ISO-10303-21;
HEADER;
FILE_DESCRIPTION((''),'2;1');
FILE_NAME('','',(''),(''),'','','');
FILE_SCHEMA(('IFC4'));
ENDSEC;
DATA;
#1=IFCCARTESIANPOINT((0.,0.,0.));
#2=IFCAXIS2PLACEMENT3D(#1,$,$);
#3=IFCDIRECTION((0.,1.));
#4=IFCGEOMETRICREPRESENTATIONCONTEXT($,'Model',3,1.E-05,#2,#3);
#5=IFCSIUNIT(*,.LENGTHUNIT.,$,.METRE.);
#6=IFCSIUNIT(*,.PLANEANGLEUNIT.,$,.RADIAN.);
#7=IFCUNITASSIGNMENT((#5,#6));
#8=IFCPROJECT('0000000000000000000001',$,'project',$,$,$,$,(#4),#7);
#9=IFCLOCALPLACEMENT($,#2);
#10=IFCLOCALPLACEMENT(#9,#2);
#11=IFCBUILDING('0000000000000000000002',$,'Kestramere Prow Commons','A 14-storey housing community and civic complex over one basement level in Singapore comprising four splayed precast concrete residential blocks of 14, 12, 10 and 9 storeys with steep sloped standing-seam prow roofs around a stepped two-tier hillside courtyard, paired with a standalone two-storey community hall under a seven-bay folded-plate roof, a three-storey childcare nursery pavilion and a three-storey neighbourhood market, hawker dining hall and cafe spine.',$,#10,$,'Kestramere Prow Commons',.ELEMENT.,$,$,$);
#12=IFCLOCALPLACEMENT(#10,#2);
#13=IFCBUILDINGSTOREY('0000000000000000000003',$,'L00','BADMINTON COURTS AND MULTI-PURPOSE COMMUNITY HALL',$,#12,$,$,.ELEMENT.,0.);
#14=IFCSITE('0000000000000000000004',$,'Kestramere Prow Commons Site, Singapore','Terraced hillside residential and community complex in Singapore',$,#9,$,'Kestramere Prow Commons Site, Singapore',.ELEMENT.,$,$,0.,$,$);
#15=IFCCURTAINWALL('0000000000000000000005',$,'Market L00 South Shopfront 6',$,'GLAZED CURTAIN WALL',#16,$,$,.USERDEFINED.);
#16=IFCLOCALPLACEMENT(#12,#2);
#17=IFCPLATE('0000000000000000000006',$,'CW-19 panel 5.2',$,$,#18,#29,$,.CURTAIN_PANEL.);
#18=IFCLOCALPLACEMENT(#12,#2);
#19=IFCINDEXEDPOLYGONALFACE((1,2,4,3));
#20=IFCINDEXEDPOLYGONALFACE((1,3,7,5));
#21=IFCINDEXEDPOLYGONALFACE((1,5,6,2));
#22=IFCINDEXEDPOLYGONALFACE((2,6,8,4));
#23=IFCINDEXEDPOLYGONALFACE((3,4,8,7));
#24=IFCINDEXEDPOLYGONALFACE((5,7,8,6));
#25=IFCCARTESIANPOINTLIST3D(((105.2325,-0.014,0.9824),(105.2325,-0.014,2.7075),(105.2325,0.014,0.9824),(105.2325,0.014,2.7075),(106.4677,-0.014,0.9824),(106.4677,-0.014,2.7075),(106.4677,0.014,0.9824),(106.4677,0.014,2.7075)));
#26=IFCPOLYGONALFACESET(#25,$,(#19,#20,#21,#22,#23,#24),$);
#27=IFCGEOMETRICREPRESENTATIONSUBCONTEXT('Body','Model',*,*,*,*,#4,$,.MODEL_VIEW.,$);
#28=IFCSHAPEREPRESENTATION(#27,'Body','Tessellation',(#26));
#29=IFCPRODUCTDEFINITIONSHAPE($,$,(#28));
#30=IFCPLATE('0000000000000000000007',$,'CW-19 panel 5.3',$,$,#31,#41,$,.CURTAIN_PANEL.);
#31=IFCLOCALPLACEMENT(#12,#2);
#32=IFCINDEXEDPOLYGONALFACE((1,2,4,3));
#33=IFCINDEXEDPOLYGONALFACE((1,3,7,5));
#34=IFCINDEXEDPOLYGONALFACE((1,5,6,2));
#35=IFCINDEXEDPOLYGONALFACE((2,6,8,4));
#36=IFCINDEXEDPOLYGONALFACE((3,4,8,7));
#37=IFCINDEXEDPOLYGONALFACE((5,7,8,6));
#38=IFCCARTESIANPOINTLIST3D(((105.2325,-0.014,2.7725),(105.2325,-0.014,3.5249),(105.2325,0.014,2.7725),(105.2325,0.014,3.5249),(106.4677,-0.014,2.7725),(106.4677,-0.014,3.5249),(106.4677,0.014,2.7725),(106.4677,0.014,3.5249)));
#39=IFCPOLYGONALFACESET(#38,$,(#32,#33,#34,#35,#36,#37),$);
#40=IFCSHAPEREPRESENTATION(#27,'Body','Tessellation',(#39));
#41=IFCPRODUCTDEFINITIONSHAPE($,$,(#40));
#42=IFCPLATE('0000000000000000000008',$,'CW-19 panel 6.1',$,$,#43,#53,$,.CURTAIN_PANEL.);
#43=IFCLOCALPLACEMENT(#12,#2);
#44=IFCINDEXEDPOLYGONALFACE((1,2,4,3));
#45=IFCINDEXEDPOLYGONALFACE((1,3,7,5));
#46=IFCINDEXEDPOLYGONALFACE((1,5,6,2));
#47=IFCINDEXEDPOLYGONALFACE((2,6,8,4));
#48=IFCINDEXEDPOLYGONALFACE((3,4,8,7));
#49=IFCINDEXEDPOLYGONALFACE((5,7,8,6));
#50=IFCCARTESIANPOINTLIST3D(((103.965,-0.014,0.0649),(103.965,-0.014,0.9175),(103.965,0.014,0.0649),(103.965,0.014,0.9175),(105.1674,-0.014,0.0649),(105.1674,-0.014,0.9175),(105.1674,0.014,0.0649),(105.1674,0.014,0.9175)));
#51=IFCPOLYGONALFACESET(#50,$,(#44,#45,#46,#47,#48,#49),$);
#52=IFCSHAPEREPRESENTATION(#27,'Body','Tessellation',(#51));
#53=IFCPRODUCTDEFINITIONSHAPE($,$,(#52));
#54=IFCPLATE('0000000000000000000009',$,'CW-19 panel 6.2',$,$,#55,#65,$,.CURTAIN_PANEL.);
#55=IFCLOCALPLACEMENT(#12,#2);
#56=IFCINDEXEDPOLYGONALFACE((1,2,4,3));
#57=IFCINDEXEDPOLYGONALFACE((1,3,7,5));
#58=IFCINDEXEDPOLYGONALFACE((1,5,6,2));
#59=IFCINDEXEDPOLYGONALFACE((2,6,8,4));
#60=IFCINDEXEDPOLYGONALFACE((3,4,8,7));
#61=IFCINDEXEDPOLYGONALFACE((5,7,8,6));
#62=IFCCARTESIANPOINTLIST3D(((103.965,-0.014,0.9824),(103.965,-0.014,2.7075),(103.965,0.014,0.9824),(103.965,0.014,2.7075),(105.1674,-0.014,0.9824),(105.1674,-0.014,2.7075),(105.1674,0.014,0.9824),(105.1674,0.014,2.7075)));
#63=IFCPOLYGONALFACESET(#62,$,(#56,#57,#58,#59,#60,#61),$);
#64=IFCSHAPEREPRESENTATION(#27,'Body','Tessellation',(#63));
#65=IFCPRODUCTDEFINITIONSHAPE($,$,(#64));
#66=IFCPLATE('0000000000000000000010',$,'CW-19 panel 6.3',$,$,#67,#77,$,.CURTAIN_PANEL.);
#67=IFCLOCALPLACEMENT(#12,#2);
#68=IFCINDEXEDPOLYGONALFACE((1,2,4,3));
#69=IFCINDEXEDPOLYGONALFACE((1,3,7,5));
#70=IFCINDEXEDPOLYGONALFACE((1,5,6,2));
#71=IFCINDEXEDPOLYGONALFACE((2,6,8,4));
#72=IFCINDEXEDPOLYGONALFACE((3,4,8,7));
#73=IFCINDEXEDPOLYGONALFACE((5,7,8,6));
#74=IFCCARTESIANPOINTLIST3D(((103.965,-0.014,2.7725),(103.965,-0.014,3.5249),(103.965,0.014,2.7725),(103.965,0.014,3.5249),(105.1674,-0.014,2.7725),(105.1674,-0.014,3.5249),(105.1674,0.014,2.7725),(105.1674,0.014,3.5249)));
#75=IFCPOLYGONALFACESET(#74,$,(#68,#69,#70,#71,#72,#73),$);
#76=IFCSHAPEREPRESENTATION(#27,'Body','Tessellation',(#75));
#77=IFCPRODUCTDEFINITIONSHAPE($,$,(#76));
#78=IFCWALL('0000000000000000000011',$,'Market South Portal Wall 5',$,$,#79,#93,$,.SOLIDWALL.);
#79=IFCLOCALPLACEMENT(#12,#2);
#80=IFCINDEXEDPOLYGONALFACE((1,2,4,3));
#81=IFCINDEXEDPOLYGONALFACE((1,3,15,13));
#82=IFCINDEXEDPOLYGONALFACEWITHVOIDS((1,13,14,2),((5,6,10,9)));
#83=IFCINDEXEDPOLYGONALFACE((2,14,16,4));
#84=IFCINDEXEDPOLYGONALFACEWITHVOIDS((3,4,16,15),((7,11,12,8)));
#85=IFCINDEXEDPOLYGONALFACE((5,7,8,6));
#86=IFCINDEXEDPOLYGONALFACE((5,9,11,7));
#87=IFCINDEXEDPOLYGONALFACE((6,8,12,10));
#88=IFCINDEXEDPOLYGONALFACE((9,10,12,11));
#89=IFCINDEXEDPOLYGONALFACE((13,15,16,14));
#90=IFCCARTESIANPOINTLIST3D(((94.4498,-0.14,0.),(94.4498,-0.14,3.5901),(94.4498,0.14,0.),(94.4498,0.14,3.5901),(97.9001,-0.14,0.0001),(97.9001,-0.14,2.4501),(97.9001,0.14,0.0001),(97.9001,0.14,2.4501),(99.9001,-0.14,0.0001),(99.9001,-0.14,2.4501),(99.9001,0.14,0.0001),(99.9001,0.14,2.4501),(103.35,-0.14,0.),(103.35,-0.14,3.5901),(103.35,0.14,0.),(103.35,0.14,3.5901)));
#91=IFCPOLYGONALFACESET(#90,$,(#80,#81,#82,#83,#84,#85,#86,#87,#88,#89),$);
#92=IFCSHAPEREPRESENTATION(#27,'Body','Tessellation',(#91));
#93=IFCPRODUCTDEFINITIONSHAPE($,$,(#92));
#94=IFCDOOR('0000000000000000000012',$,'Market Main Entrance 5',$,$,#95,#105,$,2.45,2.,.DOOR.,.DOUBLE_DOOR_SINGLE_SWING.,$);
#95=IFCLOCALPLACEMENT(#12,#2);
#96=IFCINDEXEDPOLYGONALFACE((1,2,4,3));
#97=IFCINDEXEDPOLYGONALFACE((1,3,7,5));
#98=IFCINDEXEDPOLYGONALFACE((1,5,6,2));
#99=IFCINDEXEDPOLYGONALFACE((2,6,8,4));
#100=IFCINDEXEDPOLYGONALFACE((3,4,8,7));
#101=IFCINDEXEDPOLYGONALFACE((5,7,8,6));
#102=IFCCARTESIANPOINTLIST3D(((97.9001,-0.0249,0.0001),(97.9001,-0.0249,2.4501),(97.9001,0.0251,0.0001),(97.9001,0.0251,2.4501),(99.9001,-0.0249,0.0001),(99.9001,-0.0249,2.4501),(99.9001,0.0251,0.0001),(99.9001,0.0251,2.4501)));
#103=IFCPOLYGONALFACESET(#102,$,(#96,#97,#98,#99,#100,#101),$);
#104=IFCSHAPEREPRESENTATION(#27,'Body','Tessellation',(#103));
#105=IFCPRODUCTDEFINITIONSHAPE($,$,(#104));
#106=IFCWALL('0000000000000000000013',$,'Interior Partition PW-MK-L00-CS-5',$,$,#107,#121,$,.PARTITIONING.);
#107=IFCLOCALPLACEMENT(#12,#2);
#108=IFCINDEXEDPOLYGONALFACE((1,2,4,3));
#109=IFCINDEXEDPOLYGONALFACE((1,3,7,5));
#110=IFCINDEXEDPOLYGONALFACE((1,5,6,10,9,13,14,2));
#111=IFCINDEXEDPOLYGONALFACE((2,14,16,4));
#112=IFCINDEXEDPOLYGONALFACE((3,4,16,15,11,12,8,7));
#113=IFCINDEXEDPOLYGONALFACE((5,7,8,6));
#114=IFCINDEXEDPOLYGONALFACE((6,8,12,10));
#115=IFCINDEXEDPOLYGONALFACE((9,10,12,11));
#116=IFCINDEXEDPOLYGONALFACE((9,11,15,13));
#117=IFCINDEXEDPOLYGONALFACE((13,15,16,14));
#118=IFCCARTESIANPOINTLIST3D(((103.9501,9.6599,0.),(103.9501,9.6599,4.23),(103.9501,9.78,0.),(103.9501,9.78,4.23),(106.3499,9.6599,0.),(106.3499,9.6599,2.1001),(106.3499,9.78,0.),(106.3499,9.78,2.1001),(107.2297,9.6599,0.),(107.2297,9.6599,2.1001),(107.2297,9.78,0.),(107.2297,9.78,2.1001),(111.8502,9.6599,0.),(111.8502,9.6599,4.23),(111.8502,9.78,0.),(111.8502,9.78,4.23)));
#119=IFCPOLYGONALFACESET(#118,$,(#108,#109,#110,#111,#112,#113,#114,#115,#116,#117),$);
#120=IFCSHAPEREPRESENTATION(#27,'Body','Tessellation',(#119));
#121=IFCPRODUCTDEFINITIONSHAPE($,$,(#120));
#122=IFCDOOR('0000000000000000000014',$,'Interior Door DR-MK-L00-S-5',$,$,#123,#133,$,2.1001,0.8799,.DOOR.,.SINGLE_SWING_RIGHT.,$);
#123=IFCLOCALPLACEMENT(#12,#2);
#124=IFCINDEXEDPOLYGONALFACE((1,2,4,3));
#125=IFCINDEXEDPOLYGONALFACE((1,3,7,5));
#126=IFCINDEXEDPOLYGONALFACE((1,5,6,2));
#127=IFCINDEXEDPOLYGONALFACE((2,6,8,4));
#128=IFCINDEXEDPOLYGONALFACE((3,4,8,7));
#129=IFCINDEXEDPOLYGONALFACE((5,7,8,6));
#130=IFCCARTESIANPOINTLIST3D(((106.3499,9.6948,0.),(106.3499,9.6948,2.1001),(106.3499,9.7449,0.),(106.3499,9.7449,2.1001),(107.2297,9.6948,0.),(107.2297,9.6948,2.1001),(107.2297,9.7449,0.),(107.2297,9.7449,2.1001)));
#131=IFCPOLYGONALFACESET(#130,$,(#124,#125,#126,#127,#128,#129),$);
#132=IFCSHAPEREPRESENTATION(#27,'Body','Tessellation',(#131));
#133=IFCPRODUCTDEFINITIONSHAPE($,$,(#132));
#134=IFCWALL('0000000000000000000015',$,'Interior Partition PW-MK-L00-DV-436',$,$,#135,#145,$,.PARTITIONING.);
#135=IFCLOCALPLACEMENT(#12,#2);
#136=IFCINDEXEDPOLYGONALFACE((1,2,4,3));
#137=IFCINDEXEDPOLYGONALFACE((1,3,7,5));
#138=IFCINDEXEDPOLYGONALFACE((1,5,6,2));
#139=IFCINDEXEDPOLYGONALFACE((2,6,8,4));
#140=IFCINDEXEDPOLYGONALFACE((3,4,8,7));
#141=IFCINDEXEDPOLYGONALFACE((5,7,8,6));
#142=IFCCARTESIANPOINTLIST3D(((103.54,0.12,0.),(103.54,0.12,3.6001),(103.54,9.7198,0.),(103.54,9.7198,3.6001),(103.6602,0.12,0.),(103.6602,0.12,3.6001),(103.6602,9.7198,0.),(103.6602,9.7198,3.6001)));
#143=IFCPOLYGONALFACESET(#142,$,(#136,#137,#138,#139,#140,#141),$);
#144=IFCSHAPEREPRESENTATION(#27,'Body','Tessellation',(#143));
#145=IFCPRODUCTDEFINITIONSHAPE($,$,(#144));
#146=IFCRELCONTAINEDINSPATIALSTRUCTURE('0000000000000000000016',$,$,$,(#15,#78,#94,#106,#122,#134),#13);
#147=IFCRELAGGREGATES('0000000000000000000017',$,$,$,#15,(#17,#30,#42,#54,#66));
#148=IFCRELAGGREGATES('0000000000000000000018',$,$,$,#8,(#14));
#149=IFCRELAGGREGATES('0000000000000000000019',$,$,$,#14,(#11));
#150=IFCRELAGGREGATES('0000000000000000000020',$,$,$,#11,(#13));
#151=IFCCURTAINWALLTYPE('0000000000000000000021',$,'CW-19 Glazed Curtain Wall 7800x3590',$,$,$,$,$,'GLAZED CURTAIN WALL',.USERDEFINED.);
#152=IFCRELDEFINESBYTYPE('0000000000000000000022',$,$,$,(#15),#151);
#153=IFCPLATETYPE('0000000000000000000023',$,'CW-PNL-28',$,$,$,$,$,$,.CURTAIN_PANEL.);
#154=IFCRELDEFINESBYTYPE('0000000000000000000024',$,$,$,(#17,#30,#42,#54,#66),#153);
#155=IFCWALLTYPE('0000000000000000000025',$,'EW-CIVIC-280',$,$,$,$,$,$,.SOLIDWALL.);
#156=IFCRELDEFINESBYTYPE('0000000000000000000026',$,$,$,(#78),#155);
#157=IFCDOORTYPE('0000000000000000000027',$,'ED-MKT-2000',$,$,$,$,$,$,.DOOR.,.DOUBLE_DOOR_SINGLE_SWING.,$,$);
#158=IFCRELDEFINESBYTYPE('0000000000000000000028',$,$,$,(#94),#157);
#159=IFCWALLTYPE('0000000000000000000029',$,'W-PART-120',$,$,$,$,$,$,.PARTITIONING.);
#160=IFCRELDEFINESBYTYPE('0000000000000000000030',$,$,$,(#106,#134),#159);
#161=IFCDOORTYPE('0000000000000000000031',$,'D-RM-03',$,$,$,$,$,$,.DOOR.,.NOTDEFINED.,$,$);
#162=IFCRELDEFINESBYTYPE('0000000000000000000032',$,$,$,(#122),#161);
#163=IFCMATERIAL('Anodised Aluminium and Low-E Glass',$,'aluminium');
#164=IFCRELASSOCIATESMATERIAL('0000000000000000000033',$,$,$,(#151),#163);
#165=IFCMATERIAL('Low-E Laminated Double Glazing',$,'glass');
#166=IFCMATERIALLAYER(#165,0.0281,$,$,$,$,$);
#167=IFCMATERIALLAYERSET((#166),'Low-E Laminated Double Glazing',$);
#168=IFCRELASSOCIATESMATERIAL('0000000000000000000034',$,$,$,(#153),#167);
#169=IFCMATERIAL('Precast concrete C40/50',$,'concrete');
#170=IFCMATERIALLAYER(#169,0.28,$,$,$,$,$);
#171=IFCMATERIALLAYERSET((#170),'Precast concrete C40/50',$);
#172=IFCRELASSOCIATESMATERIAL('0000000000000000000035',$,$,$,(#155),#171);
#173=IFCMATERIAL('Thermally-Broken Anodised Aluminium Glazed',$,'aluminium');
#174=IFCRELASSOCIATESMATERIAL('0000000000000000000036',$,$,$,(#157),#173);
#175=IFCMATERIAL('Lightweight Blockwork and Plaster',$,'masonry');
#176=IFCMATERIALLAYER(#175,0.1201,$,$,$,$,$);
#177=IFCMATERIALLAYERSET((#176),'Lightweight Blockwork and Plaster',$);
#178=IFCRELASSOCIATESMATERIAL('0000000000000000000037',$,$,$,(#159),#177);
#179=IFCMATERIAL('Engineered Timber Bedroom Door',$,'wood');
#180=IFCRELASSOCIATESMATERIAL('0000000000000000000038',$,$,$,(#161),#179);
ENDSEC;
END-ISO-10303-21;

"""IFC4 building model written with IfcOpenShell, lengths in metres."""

from ifc_helpers import new_model, si_unit, direction, frame, frame_2d, origin, origin_2d, place, context, subcontext, project, spatial, rectangle, extrude, material, layer, layer_set, type_object, element, fill, aggregate, save


model = new_model("IFC4")

# Units and contexts
model_context = context("Model", 3, precision=1e-05, world=origin(), true_north=direction((0.0, 1.0)))
body_context = subcontext(model_context, "Body", "Model", "MODEL_VIEW")
ifc_project = project(units=[si_unit("LENGTHUNIT", "METRE"), si_unit("PLANEANGLEUNIT", "RADIAN")], contexts=[model_context])

# Site, building, storey
site_placement = place(None, origin())
site = spatial("IfcSite", under=ifc_project, at=site_placement, Name="Kestramere Prow Commons Site, Singapore", Description="Terraced hillside residential and community complex in Singapore", LongName="Kestramere Prow Commons Site, Singapore", CompositionType="ELEMENT", RefElevation=0.0)
building_placement = place(site_placement, origin())
building = spatial("IfcBuilding", under=site, at=building_placement, Name="Kestramere Prow Commons", Description="A 14-storey housing community and civic complex over one basement level in Singapore comprising four splayed precast concrete residential blocks of 14, 12, 10 and 9 storeys with steep sloped standing-seam prow roofs around a stepped two-tier hillside courtyard, paired with a standalone two-storey community hall under a seven-bay folded-plate roof, a three-storey childcare nursery pavilion and a three-storey neighbourhood market, hawker dining hall and cafe spine.", LongName="Kestramere Prow Commons", CompositionType="ELEMENT")
storey_placement = place(building_placement, origin())
storey = spatial("IfcBuildingStorey", under=building, at=storey_placement, Name="L00", Description="BADMINTON COURTS AND MULTI-PURPOSE COMMUNITY HALL", CompositionType="ELEMENT", Elevation=0.0)

# Shared definitions
ifc_material_1 = material(Name="Precast concrete C40/50", Category="concrete")

# Curtain wall, plates
ifc_material_2 = material(Name="Anodised Aluminium and Low-E Glass", Category="aluminium")
curtain_wall_type = type_object("IfcCurtainWallType", Name="CW-19 Glazed Curtain Wall 7800x3590", ElementType="GLAZED CURTAIN WALL", PredefinedType="USERDEFINED", material=ifc_material_2)
curtain_wall_placement = place(storey_placement, origin())
curtain_wall = element("IfcCurtainWall", 1, at=curtain_wall_placement, inside=storey, type_object=curtain_wall_type, Name="Market L00 South Shopfront 6", ObjectType="GLAZED CURTAIN WALL", PredefinedType="USERDEFINED")
ifc_material_3 = material(Name="Low-E Laminated Double Glazing", Category="glass")
ifc_layer_1 = layer(ifc_material_3, 0.0281)
ifc_layer_set_1 = layer_set([ifc_layer_1], Name="Low-E Laminated Double Glazing")
plate_type = type_object("IfcPlateType", Name="CW-PNL-28", PredefinedType="CURTAIN_PANEL", material=ifc_layer_set_1)
plate_1_placement = place(storey_placement, frame((105.8501, 0.0, 0.9824), z_axis=(0.0, 0.0, 1.0), x_axis=(-1.0, 0.0, 0.0)))
plate_1 = element("IfcPlate", 2, at=plate_1_placement, type_object=plate_type, Name="CW-19 panel 5.2", PredefinedType="CURTAIN_PANEL", context=body_context, shape_type="SweptSolid", body=[
    extrude(rectangle(XDim=1.2351, YDim=0.0281, at=origin_2d()), origin(), (0.0, 0.0, 1.0), 1.7251),
])
plate_2_placement = place(storey_placement, frame((105.8501, 0.0, 2.7725), z_axis=(0.0, 0.0, 1.0), x_axis=(-1.0, 0.0, 0.0)))
plate_2 = element("IfcPlate", 3, at=plate_2_placement, type_object=plate_type, Name="CW-19 panel 5.3", PredefinedType="CURTAIN_PANEL", context=body_context, shape_type="SweptSolid", body=[
    extrude(rectangle(XDim=1.2351, YDim=0.0281, at=origin_2d()), origin(), (0.0, 0.0, 1.0), 0.7524),
])
plate_3_placement = place(storey_placement, frame((104.5662, 0.0, 0.0649), z_axis=(0.0, 0.0, 1.0), x_axis=(-1.0, 0.0, 0.0)))
plate_3 = element("IfcPlate", 4, at=plate_3_placement, type_object=plate_type, Name="CW-19 panel 6.1", PredefinedType="CURTAIN_PANEL", context=body_context, shape_type="SweptSolid", body=[
    extrude(rectangle(XDim=1.2024, YDim=0.0281, at=origin_2d()), origin(), (0.0, 0.0, 1.0), 0.8525),
])
plate_4_placement = place(storey_placement, frame((104.5662, 0.0, 0.9824), z_axis=(0.0, 0.0, 1.0), x_axis=(-1.0, 0.0, 0.0)))
plate_4 = element("IfcPlate", 5, at=plate_4_placement, type_object=plate_type, Name="CW-19 panel 6.2", PredefinedType="CURTAIN_PANEL", context=body_context, shape_type="SweptSolid", body=[
    extrude(rectangle(XDim=1.2024, YDim=0.0281, at=origin_2d()), origin(), (0.0, 0.0, 1.0), 1.7251),
])
plate_5_placement = place(storey_placement, frame((104.5662, 0.0, 2.7725), z_axis=(0.0, 0.0, 1.0), x_axis=(-1.0, 0.0, 0.0)))
plate_5 = element("IfcPlate", 6, at=plate_5_placement, type_object=plate_type, Name="CW-19 panel 6.3", PredefinedType="CURTAIN_PANEL", context=body_context, shape_type="SweptSolid", body=[
    extrude(rectangle(XDim=1.2024, YDim=0.0281, at=origin_2d()), origin(), (0.0, 0.0, 1.0), 0.7524),
])
aggregate(curtain_wall, [plate_1, plate_2, plate_3, plate_4, plate_5])

# Walls, openings, doors
ifc_layer_2 = layer(ifc_material_1, 0.28)
ifc_layer_set_2 = layer_set([ifc_layer_2], Name="Precast concrete C40/50")
wall_type_1 = type_object("IfcWallType", Name="EW-CIVIC-280", PredefinedType="SOLIDWALL", material=ifc_layer_set_2)
wall_1_placement = place(storey_placement, frame((103.3501, 0.0, 0.0), z_axis=(0.0, 0.0, 1.0), x_axis=(-1.0, 0.0, 0.0)))
wall_1 = element("IfcWall", 7, at=wall_1_placement, inside=storey, type_object=wall_type_1, Name="Market South Portal Wall 5", PredefinedType="SOLIDWALL", context=body_context, shape_type="SweptSolid", body=[
    extrude(rectangle(XDim=8.9001, YDim=0.28, at=frame_2d((4.4502, 0.0))), origin(), (0.0, 0.0, 1.0), 3.5901),
])
opening_1_placement = place(wall_1_placement, frame((3.45, 0.0, 0.0)))
opening_1 = element("IfcOpeningElement", 8, at=opening_1_placement, cuts=wall_1, PredefinedType="OPENING", context=body_context, shape_type="SweptSolid", body=[
    extrude(rectangle(XDim=2.0, YDim=2.45, at=frame_2d((1.0, 1.2251))), frame((0.0, 0.155, 0.0), z_axis=(0.0, -1.0, 0.0), x_axis=(1.0, 0.0, 0.0)), (0.0, 0.0, 1.0), 0.3101),
])
ifc_material_4 = material(Name="Thermally-Broken Anodised Aluminium Glazed", Category="aluminium")
door_type_1 = type_object("IfcDoorType", Name="ED-MKT-2000", OperationType="DOUBLE_DOOR_SINGLE_SWING", PredefinedType="DOOR", material=ifc_material_4)
door_1_placement = place(opening_1_placement, origin())
door_1 = element("IfcDoor", 9, at=door_1_placement, inside=storey, type_object=door_type_1, Name="Market Main Entrance 5", OperationType="DOUBLE_DOOR_SINGLE_SWING", OverallHeight=2.45, OverallWidth=2.0, PredefinedType="DOOR", context=body_context, shape_type="SweptSolid", body=[
    extrude(rectangle(XDim=2.0, YDim=2.45, at=frame_2d((1.0, 1.2251))), frame((0.0, 0.0249, 0.0), z_axis=(0.0, -1.0, 0.0), x_axis=(1.0, 0.0, 0.0)), (0.0, 0.0, 1.0), 0.05),
])
fill(opening_1, door_1)
ifc_material_5 = material(Name="Lightweight Blockwork and Plaster", Category="masonry")
ifc_layer_3 = layer(ifc_material_5, 0.1201)
ifc_layer_set_3 = layer_set([ifc_layer_3], Name="Lightweight Blockwork and Plaster")
wall_type_2 = type_object("IfcWallType", Name="W-PART-120", PredefinedType="PARTITIONING", material=ifc_layer_set_3)
wall_2_placement = place(storey_placement, frame((103.95, 9.72, 0.0), z_axis=(0.0, 0.0, 1.0), x_axis=(1.0, 0.0, 0.0)))
wall_2 = element("IfcWall", 10, at=wall_2_placement, inside=storey, type_object=wall_type_2, Name="Interior Partition PW-MK-L00-CS-5", PredefinedType="PARTITIONING", context=body_context, shape_type="SweptSolid", body=[
    extrude(rectangle(XDim=7.9001, YDim=0.1201, at=frame_2d((3.9502, 0.0))), origin(), (0.0, 0.0, 1.0), 4.23),
])
opening_2_placement = place(wall_2_placement, frame((2.3999, 0.0, 0.0)))
opening_2 = element("IfcOpeningElement", 11, at=opening_2_placement, cuts=wall_2, PredefinedType="OPENING", context=body_context, shape_type="SweptSolid", body=[
    extrude(rectangle(XDim=0.8799, YDim=2.1001, at=frame_2d((0.4399, 1.05))), frame((0.0, 0.075, 0.0), z_axis=(0.0, -1.0, 0.0), x_axis=(1.0, 0.0, 0.0)), (0.0, 0.0, 1.0), 0.1501),
])
ifc_material_6 = material(Name="Engineered Timber Bedroom Door", Category="wood")
door_type_2 = type_object("IfcDoorType", Name="D-RM-03", OperationType="NOTDEFINED", PredefinedType="DOOR", material=ifc_material_6)
door_2_placement = place(opening_2_placement, origin())
door_2 = element("IfcDoor", 12, at=door_2_placement, inside=storey, type_object=door_type_2, Name="Interior Door DR-MK-L00-S-5", OperationType="SINGLE_SWING_RIGHT", OverallHeight=2.1001, OverallWidth=0.8799, PredefinedType="DOOR", context=body_context, shape_type="SweptSolid", body=[
    extrude(rectangle(XDim=0.8799, YDim=2.1001, at=frame_2d((0.4399, 1.05))), frame((0.0, 0.0249, 0.0), z_axis=(0.0, -1.0, 0.0), x_axis=(1.0, 0.0, 0.0)), (0.0, 0.0, 1.0), 0.05),
])
fill(opening_2, door_2)

# Wall
wall_3_placement = place(storey_placement, frame((103.6001, 0.1201, 0.0), z_axis=(0.0, 0.0, 1.0), x_axis=(0.0, 1.0, 0.0)))
element("IfcWall", 13, at=wall_3_placement, inside=storey, type_object=wall_type_2, Name="Interior Partition PW-MK-L00-DV-436", PredefinedType="PARTITIONING", context=body_context, shape_type="SweptSolid", body=[
    extrude(rectangle(XDim=9.5999, YDim=0.1201, at=frame_2d((4.7998, 0.0))), origin(), (0.0, 0.0, 1.0), 3.6001),
])

save(model, "model.ifc")
